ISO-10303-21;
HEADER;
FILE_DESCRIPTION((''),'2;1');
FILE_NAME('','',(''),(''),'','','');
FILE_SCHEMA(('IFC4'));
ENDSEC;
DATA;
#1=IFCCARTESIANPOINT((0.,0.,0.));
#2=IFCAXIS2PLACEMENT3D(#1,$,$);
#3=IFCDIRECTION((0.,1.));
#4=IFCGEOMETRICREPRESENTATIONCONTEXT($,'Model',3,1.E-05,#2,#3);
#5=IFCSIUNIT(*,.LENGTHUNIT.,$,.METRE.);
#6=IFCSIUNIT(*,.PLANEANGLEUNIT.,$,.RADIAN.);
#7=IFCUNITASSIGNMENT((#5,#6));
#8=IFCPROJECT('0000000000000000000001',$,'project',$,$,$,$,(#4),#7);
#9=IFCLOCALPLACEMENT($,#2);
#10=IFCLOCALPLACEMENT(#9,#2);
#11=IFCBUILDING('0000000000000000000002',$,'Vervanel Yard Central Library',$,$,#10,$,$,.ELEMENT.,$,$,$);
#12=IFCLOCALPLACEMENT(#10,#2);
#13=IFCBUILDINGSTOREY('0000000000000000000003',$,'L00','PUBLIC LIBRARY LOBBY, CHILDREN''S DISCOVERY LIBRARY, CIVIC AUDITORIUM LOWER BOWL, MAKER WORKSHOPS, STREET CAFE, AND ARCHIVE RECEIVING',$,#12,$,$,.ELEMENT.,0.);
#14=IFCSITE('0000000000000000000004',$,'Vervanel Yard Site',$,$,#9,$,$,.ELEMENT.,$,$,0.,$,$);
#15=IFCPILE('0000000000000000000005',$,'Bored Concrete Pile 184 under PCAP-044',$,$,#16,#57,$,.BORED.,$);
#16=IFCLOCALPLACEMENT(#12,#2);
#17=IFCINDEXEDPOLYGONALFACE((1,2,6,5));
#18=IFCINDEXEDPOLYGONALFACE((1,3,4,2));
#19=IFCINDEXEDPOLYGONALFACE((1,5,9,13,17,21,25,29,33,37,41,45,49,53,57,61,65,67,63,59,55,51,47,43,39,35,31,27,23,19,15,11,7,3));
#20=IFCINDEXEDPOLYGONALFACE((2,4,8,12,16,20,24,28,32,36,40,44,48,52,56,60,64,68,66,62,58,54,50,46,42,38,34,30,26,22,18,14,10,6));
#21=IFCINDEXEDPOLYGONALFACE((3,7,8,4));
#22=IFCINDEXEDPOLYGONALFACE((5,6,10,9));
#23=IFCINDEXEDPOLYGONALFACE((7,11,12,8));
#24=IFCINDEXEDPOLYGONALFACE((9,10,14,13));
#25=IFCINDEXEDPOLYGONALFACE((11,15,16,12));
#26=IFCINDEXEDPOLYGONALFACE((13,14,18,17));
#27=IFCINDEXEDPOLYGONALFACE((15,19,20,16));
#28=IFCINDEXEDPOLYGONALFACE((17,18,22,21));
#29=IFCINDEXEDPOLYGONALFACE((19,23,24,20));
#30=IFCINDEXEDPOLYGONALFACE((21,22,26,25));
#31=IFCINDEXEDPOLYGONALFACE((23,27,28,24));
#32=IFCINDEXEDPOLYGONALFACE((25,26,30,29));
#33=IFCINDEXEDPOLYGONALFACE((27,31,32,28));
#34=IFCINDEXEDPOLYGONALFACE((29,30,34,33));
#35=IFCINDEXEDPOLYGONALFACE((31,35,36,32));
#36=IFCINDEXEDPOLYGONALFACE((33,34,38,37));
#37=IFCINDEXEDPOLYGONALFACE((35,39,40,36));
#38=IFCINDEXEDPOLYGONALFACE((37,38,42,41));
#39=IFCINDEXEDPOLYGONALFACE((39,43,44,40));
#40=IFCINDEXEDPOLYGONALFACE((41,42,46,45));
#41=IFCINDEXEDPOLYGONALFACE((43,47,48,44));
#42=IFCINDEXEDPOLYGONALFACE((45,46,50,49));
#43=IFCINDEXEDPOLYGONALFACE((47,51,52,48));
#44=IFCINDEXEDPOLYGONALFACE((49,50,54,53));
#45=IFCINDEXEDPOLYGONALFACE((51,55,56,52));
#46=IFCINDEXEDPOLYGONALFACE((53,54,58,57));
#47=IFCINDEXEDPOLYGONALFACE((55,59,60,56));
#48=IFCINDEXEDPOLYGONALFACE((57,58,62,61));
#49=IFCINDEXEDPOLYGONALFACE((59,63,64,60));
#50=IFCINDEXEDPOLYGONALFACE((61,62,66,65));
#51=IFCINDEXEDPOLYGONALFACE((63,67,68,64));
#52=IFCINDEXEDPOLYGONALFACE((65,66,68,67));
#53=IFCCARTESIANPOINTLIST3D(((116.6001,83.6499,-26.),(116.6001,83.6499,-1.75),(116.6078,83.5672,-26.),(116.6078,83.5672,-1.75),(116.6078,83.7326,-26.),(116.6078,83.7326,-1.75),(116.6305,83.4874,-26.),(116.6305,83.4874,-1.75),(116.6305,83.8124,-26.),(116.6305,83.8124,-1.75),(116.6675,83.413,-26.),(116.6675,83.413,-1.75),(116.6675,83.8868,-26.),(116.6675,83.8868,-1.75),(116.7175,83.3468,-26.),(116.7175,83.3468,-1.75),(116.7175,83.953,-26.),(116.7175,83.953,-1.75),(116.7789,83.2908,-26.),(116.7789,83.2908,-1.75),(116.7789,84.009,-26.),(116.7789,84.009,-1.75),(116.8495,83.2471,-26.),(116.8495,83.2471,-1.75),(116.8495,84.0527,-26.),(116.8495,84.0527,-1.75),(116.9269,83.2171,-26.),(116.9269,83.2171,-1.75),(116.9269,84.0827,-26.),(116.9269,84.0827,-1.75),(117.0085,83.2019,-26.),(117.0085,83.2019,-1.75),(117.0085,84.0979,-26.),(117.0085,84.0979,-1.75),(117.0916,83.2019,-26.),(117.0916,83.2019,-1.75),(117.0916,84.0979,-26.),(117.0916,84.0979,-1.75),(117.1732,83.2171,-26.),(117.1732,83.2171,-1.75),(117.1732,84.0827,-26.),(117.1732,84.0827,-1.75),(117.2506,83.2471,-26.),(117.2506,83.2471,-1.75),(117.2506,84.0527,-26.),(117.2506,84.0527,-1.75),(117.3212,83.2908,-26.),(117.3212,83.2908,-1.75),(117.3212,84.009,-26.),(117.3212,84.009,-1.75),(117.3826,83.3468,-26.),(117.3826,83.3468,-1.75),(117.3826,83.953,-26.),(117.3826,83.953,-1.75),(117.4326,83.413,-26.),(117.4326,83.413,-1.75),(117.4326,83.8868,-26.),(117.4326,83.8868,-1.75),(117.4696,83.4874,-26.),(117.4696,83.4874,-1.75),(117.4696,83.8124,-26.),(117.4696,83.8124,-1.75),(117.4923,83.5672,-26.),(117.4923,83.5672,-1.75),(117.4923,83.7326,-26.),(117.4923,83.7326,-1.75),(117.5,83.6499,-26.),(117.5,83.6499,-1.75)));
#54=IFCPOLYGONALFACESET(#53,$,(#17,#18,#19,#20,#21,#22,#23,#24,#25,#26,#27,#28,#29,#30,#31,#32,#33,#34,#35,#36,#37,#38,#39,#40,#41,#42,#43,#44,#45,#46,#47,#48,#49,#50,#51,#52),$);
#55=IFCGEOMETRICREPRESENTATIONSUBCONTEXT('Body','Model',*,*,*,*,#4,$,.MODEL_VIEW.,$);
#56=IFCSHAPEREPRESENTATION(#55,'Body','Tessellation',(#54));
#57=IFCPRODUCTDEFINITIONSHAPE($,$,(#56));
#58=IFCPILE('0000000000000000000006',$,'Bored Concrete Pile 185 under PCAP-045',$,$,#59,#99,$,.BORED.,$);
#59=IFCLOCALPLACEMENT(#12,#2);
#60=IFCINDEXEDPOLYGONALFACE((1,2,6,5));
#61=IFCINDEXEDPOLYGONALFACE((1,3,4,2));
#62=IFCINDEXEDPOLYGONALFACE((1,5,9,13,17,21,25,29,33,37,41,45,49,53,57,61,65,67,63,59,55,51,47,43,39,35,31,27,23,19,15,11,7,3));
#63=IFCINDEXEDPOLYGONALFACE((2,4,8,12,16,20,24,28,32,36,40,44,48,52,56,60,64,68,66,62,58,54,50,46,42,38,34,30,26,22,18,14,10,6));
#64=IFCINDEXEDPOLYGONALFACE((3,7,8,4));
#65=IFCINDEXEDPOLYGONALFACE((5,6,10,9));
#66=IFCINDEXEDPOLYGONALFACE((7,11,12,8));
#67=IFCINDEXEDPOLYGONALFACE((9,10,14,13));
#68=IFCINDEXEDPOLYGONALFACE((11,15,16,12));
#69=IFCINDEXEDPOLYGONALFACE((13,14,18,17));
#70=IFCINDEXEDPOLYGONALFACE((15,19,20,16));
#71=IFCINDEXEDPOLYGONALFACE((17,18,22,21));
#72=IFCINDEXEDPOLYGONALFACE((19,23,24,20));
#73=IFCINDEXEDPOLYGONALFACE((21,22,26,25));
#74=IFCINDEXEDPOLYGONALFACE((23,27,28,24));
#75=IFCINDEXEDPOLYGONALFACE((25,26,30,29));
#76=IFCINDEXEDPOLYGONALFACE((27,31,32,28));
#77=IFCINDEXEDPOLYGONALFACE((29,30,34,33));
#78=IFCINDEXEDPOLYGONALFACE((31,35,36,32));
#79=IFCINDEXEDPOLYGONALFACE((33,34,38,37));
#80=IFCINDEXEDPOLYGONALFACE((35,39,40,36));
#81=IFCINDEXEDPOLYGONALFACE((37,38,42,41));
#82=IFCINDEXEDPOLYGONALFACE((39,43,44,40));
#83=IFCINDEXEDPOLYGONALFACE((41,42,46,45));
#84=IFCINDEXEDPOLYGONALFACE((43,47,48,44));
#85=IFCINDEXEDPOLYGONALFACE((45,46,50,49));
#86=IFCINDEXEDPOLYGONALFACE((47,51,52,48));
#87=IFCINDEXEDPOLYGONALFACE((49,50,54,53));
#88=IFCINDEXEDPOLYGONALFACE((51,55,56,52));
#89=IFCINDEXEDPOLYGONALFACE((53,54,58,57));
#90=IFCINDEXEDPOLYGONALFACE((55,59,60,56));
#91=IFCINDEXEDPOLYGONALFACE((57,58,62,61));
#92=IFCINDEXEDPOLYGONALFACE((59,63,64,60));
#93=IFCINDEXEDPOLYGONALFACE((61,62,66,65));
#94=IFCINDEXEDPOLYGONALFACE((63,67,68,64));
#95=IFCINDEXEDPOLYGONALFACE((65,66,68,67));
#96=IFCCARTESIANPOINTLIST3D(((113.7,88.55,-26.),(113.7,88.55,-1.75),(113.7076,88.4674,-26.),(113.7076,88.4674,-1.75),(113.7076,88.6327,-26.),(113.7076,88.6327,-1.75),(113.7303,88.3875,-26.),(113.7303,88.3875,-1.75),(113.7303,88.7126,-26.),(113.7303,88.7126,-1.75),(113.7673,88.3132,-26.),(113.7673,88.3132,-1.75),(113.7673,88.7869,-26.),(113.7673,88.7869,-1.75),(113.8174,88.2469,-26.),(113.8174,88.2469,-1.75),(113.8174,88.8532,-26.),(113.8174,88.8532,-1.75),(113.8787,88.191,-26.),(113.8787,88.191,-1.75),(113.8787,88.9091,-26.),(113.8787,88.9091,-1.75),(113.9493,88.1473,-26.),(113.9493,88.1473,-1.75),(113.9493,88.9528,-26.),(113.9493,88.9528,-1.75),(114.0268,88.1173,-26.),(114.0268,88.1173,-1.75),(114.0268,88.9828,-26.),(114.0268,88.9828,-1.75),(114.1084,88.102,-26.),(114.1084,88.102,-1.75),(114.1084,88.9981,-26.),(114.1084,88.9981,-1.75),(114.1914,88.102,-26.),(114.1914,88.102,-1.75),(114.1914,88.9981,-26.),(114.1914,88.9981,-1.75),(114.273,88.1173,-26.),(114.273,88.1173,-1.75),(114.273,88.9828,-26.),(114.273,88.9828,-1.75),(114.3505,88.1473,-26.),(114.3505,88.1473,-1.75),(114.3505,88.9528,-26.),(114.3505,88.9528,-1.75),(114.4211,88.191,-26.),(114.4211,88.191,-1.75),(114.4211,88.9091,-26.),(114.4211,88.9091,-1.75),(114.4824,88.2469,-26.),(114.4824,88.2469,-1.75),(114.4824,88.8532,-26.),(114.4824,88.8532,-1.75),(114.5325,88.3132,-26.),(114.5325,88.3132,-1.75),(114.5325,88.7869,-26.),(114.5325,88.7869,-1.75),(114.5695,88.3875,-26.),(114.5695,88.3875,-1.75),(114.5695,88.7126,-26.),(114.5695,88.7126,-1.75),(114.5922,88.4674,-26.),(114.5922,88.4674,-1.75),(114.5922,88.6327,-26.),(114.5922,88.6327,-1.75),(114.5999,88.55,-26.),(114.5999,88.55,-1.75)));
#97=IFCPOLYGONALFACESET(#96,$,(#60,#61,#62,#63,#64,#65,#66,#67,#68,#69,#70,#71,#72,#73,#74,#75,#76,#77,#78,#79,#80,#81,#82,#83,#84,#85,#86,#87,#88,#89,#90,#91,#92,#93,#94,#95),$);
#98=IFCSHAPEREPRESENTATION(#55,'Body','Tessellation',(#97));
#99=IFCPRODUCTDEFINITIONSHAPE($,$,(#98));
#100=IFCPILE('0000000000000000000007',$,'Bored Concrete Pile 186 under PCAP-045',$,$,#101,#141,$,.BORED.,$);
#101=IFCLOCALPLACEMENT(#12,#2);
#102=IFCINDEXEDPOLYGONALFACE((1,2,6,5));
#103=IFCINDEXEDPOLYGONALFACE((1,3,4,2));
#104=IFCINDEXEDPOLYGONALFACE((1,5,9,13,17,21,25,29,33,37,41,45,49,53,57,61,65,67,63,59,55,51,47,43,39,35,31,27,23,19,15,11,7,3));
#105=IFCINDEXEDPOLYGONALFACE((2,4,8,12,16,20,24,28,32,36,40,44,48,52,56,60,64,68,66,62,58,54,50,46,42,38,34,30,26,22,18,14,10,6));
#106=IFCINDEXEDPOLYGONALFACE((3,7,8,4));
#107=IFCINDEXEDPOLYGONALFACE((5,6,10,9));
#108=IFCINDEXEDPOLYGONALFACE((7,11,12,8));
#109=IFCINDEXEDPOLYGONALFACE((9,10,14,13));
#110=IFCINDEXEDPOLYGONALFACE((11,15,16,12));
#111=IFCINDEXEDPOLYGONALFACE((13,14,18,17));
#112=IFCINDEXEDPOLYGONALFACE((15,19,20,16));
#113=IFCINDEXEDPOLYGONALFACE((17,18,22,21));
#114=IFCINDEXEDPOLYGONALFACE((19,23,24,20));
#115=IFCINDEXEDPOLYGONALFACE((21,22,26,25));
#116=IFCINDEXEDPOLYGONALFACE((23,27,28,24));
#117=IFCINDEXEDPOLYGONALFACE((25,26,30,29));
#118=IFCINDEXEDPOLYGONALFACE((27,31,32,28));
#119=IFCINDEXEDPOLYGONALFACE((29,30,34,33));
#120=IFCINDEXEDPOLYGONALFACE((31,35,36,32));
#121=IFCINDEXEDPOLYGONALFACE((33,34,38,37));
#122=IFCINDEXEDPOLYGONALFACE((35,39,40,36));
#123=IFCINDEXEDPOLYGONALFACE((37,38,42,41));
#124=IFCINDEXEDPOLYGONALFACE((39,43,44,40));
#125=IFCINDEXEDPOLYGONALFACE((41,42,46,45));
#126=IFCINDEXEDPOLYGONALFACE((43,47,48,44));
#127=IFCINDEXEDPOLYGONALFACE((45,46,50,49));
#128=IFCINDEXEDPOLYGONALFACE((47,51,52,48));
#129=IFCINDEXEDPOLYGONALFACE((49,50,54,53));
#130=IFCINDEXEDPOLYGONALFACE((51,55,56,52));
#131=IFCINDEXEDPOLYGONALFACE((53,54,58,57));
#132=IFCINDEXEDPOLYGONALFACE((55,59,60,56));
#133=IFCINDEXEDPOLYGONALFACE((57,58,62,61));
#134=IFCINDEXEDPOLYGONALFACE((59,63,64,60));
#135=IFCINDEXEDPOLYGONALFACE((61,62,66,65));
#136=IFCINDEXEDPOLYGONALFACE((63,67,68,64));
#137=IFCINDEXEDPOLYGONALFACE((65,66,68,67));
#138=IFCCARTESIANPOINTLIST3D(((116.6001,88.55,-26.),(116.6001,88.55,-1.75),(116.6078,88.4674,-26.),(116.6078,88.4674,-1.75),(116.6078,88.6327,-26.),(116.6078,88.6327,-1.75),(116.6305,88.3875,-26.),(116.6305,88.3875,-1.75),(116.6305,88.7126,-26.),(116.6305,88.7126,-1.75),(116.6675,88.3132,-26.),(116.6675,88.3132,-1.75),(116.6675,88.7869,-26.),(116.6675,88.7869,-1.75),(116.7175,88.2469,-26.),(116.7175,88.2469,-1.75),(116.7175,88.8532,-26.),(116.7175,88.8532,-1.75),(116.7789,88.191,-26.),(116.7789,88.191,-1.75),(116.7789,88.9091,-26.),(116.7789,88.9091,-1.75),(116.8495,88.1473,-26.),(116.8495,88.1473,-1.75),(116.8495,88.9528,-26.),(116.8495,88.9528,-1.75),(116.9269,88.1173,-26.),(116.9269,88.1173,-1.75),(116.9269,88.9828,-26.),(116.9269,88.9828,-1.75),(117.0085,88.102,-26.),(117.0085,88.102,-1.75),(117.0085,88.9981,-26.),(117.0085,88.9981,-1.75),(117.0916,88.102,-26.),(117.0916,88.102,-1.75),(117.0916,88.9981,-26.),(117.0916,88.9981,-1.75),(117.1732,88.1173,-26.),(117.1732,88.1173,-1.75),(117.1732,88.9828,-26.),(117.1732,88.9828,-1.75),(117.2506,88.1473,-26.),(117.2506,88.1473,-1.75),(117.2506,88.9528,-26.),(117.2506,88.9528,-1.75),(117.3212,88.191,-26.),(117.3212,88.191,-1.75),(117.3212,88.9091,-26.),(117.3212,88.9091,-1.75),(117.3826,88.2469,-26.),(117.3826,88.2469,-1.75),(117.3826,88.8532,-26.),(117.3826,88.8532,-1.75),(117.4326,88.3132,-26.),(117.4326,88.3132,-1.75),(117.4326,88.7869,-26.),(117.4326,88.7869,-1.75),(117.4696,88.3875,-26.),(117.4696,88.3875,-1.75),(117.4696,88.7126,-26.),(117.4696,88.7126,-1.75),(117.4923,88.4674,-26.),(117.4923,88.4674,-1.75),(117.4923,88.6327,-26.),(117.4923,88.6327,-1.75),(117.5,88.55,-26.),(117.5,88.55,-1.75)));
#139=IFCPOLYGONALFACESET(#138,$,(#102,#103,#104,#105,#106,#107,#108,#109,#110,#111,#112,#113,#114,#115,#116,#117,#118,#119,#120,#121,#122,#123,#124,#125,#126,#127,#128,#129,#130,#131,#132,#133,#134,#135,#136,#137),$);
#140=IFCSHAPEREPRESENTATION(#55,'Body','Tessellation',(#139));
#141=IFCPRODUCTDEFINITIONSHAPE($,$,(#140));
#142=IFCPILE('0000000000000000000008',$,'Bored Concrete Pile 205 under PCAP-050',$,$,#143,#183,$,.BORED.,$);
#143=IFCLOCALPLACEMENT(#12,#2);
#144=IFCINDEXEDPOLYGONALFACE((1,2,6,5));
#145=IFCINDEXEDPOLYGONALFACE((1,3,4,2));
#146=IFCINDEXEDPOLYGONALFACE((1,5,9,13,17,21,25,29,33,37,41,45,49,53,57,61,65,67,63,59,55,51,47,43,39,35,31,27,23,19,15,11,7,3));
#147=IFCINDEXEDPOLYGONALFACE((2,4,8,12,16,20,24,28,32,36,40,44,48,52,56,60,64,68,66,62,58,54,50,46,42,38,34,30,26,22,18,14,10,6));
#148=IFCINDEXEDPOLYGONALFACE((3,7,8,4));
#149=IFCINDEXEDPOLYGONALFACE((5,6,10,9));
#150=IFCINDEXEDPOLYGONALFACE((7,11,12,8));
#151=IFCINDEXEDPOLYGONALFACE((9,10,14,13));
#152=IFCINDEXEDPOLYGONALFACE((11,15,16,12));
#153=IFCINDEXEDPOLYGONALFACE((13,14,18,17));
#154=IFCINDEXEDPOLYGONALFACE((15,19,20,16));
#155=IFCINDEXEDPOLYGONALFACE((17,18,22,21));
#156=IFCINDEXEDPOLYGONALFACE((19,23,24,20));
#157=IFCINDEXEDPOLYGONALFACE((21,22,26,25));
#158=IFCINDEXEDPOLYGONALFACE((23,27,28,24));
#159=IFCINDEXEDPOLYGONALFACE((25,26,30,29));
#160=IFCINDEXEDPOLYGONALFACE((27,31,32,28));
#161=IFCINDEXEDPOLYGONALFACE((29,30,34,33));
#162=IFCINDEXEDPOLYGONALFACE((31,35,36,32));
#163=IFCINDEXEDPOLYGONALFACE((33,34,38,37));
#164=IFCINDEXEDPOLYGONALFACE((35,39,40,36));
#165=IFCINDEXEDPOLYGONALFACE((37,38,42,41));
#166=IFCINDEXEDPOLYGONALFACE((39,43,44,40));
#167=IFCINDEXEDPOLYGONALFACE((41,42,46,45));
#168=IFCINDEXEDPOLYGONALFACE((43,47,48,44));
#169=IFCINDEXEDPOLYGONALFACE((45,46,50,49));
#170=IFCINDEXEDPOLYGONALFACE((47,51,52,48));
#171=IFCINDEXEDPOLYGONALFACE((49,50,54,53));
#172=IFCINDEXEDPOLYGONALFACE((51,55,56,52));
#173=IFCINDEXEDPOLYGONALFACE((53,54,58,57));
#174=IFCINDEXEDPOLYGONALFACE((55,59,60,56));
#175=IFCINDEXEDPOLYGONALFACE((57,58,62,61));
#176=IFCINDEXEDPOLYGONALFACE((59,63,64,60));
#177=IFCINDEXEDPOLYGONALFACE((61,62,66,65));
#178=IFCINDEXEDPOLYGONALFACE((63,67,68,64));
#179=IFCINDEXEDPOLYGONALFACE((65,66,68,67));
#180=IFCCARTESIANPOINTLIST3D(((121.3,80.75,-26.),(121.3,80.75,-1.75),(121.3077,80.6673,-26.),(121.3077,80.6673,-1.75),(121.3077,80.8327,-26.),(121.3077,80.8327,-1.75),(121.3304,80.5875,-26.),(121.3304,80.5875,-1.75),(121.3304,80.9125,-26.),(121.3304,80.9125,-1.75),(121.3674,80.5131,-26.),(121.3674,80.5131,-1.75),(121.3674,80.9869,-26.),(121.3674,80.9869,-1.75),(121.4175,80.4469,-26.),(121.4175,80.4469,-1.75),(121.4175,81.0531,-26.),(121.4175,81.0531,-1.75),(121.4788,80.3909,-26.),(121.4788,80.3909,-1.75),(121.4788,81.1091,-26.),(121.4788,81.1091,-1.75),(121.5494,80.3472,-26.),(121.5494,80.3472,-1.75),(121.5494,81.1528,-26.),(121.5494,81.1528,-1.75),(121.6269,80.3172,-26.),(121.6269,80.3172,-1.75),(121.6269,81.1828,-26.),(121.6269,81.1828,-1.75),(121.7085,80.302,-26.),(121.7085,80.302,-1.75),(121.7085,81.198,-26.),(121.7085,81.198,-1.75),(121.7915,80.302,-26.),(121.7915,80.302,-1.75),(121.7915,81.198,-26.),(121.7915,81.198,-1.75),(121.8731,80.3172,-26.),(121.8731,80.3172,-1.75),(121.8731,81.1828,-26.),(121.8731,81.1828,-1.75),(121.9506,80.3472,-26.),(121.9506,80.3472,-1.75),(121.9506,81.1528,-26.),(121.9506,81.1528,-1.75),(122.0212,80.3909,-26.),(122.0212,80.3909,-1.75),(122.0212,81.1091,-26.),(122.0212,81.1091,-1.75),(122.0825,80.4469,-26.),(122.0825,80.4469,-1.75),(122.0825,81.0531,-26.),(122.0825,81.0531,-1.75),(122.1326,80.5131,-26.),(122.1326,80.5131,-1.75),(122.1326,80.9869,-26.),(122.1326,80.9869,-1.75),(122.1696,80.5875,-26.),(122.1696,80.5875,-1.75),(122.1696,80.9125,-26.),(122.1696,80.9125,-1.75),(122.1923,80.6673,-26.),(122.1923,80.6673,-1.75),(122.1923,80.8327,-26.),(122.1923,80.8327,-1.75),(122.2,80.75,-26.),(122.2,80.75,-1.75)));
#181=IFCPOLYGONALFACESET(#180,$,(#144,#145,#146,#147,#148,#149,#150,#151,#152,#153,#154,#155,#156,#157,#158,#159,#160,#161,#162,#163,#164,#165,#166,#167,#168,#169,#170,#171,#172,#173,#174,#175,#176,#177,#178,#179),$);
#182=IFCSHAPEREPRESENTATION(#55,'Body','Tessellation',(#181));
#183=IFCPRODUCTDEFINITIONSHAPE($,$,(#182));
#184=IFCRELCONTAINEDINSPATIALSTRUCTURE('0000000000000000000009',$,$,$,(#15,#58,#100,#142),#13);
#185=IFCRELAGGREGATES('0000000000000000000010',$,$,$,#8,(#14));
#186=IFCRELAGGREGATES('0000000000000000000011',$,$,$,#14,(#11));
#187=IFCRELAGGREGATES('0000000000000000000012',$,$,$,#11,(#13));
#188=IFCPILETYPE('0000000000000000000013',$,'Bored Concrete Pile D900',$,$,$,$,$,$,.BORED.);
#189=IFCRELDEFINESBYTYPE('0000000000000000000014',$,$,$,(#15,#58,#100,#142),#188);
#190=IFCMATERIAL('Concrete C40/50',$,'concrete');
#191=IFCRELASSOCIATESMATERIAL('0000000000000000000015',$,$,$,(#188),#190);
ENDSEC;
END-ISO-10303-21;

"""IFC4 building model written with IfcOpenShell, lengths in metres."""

from ifc_helpers import new_model, si_unit, direction, frame, origin, origin_2d, place, context, subcontext, project, spatial, circle, extrude, material, material_profile, profile_set, type_object, element, save


model = new_model("IFC4")

# Units and contexts
model_context = context("Model", 3, precision=1e-05, world=origin(), true_north=direction((0.0, 1.0)))
body_context = subcontext(model_context, "Body", "Model", "MODEL_VIEW")
ifc_project = project(units=[si_unit("LENGTHUNIT", "METRE"), si_unit("PLANEANGLEUNIT", "RADIAN")], contexts=[model_context])

# Site, building, storey
site_placement = place(None, origin())
site = spatial("IfcSite", under=ifc_project, at=site_placement, Name="Vervanel Yard Site", CompositionType="ELEMENT", RefElevation=0.0)
building_placement = place(site_placement, origin())
building = spatial("IfcBuilding", under=site, at=building_placement, Name="Vervanel Yard Central Library", CompositionType="ELEMENT")
storey_placement = place(building_placement, origin())
storey = spatial("IfcBuildingStorey", under=building, at=storey_placement, Name="L00", Description="PUBLIC LIBRARY LOBBY, CHILDREN'S DISCOVERY LIBRARY, CIVIC AUDITORIUM LOWER BOWL, MAKER WORKSHOPS, STREET CAFE, AND ARCHIVE RECEIVING", CompositionType="ELEMENT", Elevation=0.0)

# Piles
ifc_material_1 = material(Name="Concrete C40/50", Category="concrete")
ifc_material_profile_1 = material_profile(ifc_material_1, circle(Radius=0.45, at=origin_2d()), Name="BP D900", Category="concrete")
ifc_profile_set_1 = profile_set([ifc_material_profile_1], Name="Concrete C40/50")
pile_type_1 = type_object("IfcPileType", Name="Bored Concrete Pile D900", PredefinedType="BORED", material=ifc_profile_set_1)
for number, where, z_axis, x_axis, name in (
    (1, (117.05, 83.6499, -1.75), (0.0, 0.0, -1.0), (1.0, 0.0, 0.0), "Bored Concrete Pile 184 under PCAP-044"),
    (2, (114.1499, 88.55, -1.75), (0.0, 0.0, -1.0), (1.0, 0.0, 0.0), "Bored Concrete Pile 185 under PCAP-045"),
    (3, (117.05, 88.55, -1.75), (0.0, 0.0, -1.0), (1.0, 0.0, 0.0), "Bored Concrete Pile 186 under PCAP-045"),
    (4, (121.75, 80.75, -1.75), (0.0, 0.0, -1.0), (1.0, 0.0, 0.0), "Bored Concrete Pile 205 under PCAP-050"),
):
    element("IfcPile", number, at=place(storey_placement, frame(where, z_axis=z_axis, x_axis=x_axis)), inside=storey, type_object=pile_type_1, Name=name, PredefinedType="BORED", context=body_context, shape_type="SweptSolid", body=[
        extrude(circle(Radius=0.45, at=origin_2d()), origin(), (0.0, 0.0, 1.0), 24.25),
    ])

save(model, "model.ifc")
